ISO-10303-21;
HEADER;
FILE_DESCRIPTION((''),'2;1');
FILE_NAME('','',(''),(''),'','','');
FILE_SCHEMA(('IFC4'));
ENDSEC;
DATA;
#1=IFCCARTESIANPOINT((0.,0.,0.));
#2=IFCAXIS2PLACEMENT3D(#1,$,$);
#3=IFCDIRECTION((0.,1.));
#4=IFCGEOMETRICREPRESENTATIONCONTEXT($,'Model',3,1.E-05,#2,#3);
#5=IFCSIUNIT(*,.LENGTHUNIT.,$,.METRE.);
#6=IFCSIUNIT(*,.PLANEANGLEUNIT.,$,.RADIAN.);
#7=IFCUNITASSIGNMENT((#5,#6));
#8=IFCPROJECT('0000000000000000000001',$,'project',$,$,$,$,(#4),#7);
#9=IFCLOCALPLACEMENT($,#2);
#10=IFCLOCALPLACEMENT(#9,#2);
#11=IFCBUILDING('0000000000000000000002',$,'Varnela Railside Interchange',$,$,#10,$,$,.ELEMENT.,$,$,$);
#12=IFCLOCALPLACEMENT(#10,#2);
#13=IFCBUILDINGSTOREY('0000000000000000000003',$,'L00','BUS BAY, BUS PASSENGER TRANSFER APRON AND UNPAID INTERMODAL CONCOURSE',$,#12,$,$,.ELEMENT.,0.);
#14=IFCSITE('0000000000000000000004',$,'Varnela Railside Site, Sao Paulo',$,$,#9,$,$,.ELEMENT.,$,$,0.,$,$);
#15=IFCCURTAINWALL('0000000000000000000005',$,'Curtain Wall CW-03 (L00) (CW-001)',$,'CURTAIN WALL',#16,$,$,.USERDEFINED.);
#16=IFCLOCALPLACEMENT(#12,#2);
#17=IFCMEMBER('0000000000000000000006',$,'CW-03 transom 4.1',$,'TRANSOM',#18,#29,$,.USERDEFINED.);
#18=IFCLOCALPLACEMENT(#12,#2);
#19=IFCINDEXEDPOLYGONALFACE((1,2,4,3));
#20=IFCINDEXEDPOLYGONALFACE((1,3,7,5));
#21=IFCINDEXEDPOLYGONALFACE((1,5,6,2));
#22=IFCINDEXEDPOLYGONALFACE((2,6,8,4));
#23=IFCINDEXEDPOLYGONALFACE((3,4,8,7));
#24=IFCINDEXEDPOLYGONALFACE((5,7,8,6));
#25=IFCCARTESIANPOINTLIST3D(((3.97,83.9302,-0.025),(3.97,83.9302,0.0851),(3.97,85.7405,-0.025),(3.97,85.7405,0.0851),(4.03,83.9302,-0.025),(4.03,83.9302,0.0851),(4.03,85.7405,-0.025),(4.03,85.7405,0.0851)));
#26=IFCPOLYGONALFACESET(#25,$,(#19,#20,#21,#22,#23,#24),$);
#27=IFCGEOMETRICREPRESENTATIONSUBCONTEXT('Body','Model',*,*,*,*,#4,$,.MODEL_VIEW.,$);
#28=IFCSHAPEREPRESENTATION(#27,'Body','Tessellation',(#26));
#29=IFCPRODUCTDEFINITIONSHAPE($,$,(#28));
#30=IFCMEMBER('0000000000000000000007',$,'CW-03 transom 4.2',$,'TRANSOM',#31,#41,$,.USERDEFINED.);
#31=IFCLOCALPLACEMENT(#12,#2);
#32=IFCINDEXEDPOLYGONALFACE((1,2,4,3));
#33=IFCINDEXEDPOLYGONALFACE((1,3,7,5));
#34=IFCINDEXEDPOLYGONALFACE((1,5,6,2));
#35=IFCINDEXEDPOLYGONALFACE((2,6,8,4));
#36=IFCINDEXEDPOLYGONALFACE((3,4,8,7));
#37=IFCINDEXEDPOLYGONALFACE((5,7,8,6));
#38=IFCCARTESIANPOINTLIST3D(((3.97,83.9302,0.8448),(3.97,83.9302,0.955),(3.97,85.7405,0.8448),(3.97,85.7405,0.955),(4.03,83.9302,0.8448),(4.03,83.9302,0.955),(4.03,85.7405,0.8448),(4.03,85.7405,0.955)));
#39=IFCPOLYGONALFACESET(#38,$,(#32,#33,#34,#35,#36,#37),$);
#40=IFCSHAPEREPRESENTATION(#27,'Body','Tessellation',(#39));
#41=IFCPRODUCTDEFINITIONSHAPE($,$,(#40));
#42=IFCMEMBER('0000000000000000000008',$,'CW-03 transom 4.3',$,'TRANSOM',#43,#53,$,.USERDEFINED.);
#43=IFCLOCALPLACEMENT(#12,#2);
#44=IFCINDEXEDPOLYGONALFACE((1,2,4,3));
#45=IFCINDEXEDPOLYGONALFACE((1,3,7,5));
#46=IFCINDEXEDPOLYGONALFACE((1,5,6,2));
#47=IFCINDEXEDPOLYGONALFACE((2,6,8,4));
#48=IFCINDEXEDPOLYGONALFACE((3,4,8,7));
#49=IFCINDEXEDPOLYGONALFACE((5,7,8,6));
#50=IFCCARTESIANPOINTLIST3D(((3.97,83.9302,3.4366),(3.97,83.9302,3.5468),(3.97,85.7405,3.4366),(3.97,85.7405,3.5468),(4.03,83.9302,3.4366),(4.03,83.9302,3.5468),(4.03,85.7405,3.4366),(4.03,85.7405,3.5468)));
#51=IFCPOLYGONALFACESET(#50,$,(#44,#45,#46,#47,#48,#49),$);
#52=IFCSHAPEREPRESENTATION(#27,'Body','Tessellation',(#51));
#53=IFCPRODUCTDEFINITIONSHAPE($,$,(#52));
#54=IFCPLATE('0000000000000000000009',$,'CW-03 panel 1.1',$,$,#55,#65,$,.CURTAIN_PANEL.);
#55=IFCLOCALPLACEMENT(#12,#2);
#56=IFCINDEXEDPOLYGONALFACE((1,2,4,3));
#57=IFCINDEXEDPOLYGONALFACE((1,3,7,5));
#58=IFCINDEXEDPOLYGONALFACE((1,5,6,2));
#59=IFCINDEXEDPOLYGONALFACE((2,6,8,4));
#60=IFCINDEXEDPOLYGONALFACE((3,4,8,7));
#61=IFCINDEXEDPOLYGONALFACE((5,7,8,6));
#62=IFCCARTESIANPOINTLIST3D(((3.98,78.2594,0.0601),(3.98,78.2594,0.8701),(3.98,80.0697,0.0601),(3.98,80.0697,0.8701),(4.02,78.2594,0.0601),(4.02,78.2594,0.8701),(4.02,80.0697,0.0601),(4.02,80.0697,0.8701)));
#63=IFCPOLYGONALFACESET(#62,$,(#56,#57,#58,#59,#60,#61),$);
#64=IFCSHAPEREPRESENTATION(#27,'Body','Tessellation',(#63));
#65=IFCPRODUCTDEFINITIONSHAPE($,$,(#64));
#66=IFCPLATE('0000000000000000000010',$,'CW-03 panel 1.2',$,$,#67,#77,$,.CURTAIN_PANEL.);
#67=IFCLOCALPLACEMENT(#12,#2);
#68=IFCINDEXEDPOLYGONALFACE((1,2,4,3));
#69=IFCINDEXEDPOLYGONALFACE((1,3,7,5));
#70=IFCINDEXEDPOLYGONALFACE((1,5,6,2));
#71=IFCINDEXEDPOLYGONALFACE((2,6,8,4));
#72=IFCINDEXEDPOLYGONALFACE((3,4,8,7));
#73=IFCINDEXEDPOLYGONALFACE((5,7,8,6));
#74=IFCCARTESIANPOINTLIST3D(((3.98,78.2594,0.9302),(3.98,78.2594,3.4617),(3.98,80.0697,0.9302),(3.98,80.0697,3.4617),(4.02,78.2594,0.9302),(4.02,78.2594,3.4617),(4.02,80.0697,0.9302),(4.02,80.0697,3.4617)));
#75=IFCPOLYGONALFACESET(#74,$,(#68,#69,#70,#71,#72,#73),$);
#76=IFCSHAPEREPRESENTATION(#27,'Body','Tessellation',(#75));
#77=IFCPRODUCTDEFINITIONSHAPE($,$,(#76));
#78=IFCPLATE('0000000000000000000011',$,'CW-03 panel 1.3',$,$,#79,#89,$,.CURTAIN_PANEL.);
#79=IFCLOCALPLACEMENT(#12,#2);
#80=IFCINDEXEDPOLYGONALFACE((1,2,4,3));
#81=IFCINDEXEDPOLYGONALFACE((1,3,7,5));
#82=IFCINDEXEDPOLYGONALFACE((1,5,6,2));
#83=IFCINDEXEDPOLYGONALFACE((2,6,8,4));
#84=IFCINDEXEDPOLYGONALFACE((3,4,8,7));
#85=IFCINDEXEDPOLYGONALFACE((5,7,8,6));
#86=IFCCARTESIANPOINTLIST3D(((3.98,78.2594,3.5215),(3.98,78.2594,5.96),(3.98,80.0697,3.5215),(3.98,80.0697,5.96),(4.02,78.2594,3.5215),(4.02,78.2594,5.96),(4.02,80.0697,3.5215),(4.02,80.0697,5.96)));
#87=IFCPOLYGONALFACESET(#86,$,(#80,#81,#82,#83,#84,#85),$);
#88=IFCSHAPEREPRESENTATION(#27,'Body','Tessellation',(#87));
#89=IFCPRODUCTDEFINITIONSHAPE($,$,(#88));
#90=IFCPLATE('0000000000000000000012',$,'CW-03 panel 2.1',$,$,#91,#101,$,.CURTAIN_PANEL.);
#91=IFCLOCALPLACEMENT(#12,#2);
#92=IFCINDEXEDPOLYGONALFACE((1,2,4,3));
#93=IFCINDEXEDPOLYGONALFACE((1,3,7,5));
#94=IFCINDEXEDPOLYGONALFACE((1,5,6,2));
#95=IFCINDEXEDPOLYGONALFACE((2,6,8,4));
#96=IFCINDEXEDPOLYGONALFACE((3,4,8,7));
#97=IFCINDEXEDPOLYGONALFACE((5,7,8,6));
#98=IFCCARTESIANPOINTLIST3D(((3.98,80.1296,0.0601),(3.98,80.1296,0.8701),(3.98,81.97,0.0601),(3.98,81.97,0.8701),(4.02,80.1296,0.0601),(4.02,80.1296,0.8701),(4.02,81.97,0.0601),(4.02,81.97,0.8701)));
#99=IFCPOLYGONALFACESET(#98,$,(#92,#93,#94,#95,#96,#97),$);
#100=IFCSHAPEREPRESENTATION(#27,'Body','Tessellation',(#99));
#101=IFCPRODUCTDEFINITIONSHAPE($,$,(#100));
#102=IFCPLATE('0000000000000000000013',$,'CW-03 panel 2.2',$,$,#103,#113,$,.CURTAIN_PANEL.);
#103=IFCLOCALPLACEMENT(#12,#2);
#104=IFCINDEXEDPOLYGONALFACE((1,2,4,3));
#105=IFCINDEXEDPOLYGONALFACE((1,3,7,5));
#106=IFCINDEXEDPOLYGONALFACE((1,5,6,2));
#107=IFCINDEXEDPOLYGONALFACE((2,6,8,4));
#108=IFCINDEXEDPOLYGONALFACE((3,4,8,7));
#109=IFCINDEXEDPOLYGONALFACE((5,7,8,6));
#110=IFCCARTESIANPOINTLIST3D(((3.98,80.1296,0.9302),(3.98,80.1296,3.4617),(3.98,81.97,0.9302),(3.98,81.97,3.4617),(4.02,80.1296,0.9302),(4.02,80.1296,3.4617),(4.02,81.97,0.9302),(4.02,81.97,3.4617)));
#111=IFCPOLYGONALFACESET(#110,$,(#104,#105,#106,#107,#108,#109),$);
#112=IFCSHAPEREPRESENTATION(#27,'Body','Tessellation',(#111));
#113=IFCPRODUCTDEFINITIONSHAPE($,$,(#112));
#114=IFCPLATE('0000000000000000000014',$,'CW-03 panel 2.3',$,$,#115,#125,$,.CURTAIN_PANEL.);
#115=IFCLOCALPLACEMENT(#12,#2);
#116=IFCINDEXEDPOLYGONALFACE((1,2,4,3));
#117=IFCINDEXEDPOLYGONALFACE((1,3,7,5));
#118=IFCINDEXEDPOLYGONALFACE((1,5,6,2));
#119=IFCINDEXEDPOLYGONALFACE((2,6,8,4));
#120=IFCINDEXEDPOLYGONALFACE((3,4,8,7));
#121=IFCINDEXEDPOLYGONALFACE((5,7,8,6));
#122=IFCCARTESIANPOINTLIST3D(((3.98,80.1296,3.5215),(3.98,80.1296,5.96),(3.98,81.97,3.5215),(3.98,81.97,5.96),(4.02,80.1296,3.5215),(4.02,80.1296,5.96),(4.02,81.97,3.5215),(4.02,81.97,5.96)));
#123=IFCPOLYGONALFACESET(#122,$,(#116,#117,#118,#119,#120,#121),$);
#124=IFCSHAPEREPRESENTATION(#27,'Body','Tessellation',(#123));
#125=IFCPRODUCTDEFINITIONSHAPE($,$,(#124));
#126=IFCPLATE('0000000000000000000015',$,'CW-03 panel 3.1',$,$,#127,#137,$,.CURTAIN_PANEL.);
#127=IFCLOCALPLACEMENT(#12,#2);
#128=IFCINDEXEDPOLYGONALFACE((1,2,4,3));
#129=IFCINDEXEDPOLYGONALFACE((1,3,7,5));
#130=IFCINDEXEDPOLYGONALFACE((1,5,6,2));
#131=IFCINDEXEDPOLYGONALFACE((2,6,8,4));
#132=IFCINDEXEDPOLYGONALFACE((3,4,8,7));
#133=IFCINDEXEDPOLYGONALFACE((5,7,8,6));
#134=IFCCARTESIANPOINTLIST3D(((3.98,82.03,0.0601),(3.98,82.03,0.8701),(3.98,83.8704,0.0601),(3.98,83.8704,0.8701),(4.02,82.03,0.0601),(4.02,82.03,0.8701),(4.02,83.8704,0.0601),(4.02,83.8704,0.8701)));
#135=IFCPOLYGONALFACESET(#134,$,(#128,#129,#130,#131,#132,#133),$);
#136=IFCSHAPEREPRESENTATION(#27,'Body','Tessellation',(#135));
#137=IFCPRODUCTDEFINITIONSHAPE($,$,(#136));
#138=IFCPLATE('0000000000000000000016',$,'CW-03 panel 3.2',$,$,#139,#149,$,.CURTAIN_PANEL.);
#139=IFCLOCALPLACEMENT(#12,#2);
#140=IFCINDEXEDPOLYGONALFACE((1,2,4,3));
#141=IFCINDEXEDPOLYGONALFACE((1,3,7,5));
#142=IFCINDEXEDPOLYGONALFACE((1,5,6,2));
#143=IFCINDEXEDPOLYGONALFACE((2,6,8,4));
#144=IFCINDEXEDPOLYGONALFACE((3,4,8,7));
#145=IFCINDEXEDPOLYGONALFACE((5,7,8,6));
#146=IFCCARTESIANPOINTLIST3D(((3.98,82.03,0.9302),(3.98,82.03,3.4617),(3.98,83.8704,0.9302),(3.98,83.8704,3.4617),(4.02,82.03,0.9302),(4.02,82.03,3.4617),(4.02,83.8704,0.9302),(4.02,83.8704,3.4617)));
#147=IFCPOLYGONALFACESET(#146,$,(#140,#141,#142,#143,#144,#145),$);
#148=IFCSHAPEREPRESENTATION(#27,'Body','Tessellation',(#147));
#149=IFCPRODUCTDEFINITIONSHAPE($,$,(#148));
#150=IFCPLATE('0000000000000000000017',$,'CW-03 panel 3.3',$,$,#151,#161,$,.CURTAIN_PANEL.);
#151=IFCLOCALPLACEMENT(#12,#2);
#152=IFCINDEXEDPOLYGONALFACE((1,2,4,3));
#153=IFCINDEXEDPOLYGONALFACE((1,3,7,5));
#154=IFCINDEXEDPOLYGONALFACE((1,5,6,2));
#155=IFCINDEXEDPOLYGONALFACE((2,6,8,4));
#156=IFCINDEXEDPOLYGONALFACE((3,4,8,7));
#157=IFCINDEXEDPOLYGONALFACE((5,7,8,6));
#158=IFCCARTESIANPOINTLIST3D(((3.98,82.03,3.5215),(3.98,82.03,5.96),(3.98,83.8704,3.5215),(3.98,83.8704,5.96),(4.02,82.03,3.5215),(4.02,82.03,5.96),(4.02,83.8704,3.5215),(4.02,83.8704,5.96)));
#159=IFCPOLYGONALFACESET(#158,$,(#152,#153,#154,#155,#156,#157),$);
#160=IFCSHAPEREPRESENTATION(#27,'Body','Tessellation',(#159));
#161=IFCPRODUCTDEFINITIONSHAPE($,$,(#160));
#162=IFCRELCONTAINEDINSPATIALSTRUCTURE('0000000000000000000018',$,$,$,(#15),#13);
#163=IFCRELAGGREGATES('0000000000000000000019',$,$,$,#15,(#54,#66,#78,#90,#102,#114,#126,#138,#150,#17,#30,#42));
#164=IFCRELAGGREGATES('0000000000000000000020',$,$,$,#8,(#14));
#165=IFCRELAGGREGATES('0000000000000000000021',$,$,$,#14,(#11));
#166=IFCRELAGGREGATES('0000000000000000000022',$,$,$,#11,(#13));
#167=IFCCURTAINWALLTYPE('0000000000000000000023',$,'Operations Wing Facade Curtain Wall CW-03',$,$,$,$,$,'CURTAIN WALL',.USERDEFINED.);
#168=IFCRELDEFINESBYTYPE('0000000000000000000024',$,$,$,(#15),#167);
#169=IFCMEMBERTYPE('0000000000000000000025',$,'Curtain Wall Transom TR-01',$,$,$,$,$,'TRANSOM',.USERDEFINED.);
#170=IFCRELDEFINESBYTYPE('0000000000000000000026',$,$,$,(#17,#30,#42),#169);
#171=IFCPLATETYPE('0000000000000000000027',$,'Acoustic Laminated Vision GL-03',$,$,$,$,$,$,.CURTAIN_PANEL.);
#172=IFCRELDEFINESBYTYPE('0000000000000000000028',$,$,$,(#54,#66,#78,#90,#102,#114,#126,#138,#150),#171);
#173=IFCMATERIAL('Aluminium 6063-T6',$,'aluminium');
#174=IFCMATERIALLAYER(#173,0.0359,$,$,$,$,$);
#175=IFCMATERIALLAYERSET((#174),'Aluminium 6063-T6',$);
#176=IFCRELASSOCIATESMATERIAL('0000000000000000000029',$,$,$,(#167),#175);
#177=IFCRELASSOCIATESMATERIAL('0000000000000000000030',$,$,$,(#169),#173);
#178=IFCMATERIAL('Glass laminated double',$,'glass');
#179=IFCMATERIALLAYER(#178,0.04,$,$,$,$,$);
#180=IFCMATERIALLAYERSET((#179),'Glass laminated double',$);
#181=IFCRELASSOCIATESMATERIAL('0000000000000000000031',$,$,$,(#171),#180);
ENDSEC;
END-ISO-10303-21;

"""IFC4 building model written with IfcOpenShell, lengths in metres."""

from ifc_helpers import new_model, si_unit, direction, frame, origin, origin_2d, place, context, subcontext, project, spatial, rectangle, extrude, material, layer, layer_set, material_profile, profile_set, type_object, element, aggregate, save


model = new_model("IFC4")

# Units and contexts
model_context = context("Model", 3, precision=1e-05, world=origin(), true_north=direction((0.0, 1.0)))
body_context = subcontext(model_context, "Body", "Model", "MODEL_VIEW")
ifc_project = project(units=[si_unit("LENGTHUNIT", "METRE"), si_unit("PLANEANGLEUNIT", "RADIAN")], contexts=[model_context])

# Site, building, storey
site_placement = place(None, origin())
site = spatial("IfcSite", under=ifc_project, at=site_placement, Name="Varnela Railside Site, Sao Paulo", CompositionType="ELEMENT", RefElevation=0.0)
building_placement = place(site_placement, origin())
building = spatial("IfcBuilding", under=site, at=building_placement, Name="Varnela Railside Interchange", CompositionType="ELEMENT")
storey_placement = place(building_placement, origin())
storey = spatial("IfcBuildingStorey", under=building, at=storey_placement, Name="L00", Description="BUS BAY, BUS PASSENGER TRANSFER APRON AND UNPAID INTERMODAL CONCOURSE", CompositionType="ELEMENT", Elevation=0.0)

# Curtain wall, members, plates
ifc_material_1 = material(Name="Aluminium 6063-T6", Category="aluminium")
ifc_layer_1 = layer(ifc_material_1, 0.0359)
ifc_layer_set_1 = layer_set([ifc_layer_1], Name="Aluminium 6063-T6")
curtain_wall_type = type_object("IfcCurtainWallType", Name="Operations Wing Facade Curtain Wall CW-03", ElementType="CURTAIN WALL", PredefinedType="USERDEFINED", material=ifc_layer_set_1)
curtain_wall_placement = place(storey_placement, origin())
curtain_wall = element("IfcCurtainWall", 1, at=curtain_wall_placement, inside=storey, type_object=curtain_wall_type, Name="Curtain Wall CW-03 (L00) (CW-001)", ObjectType="CURTAIN WALL", PredefinedType="USERDEFINED")
ifc_material_profile_1 = material_profile(ifc_material_1, rectangle(XDim=0.0601, YDim=0.1101, at=origin_2d()), Name="ALU 60x110")
ifc_profile_set_1 = profile_set([ifc_material_profile_1], Name="Aluminium 6063-T6")
member_type_1 = type_object("IfcMemberType", Name="Curtain Wall Transom TR-01", ElementType="TRANSOM", PredefinedType="USERDEFINED", material=ifc_profile_set_1)
member_1_placement = place(storey_placement, frame((4.0, 83.9302, 0.03), z_axis=(0.0, 1.0, 0.0), x_axis=(-1.0, 0.0, 0.0)))
member_1 = element("IfcMember", 2, at=member_1_placement, type_object=member_type_1, Name="CW-03 transom 4.1", ObjectType="TRANSOM", PredefinedType="USERDEFINED", context=body_context, shape_type="SweptSolid", body=[
    extrude(rectangle(XDim=0.0601, YDim=0.1101, at=origin_2d()), origin(), (0.0, 0.0, 1.0), 1.8103),
])
member_2_placement = place(storey_placement, frame((4.0, 83.9302, 0.8999), z_axis=(0.0, 1.0, 0.0), x_axis=(-1.0, 0.0, 0.0)))
member_2 = element("IfcMember", 3, at=member_2_placement, type_object=member_type_1, Name="CW-03 transom 4.2", ObjectType="TRANSOM", PredefinedType="USERDEFINED", context=body_context, shape_type="SweptSolid", body=[
    extrude(rectangle(XDim=0.0601, YDim=0.1101, at=origin_2d()), origin(), (0.0, 0.0, 1.0), 1.8103),
])
member_3_placement = place(storey_placement, frame((4.0, 83.9302, 3.4917), z_axis=(0.0, 1.0, 0.0), x_axis=(-1.0, 0.0, 0.0)))
member_3 = element("IfcMember", 4, at=member_3_placement, type_object=member_type_1, Name="CW-03 transom 4.3", ObjectType="TRANSOM", PredefinedType="USERDEFINED", context=body_context, shape_type="SweptSolid", body=[
    extrude(rectangle(XDim=0.0601, YDim=0.1101, at=origin_2d()), origin(), (0.0, 0.0, 1.0), 1.8103),
])
ifc_material_2 = material(Name="Glass laminated double", Category="glass")
ifc_layer_2 = layer(ifc_material_2, 0.04)
ifc_layer_set_2 = layer_set([ifc_layer_2], Name="Glass laminated double")
plate_type = type_object("IfcPlateType", Name="Acoustic Laminated Vision GL-03", PredefinedType="CURTAIN_PANEL", material=ifc_layer_set_2)
plate_1_placement = place(storey_placement, frame((4.0, 79.1646, 0.0601), z_axis=(0.0, 0.0, 1.0), x_axis=(0.0, 1.0, 0.0)))
plate_1 = element("IfcPlate", 5, at=plate_1_placement, type_object=plate_type, Name="CW-03 panel 1.1", PredefinedType="CURTAIN_PANEL", context=body_context, shape_type="SweptSolid", body=[
    extrude(rectangle(XDim=1.8103, YDim=0.04, at=origin_2d()), origin(), (0.0, 0.0, 1.0), 0.8101),
])
plate_2_placement = place(storey_placement, frame((4.0, 79.1646, 0.9302), z_axis=(0.0, 0.0, 1.0), x_axis=(0.0, 1.0, 0.0)))
plate_2 = element("IfcPlate", 6, at=plate_2_placement, type_object=plate_type, Name="CW-03 panel 1.2", PredefinedType="CURTAIN_PANEL", context=body_context, shape_type="SweptSolid", body=[
    extrude(rectangle(XDim=1.8103, YDim=0.04, at=origin_2d()), origin(), (0.0, 0.0, 1.0), 2.5315),
])
plate_3_placement = place(storey_placement, frame((4.0, 79.1646, 3.5215), z_axis=(0.0, 0.0, 1.0), x_axis=(0.0, 1.0, 0.0)))
plate_3 = element("IfcPlate", 7, at=plate_3_placement, type_object=plate_type, Name="CW-03 panel 1.3", PredefinedType="CURTAIN_PANEL", context=body_context, shape_type="SweptSolid", body=[
    extrude(rectangle(XDim=1.8103, YDim=0.04, at=origin_2d()), origin(), (0.0, 0.0, 1.0), 2.4385),
])
plate_4_placement = place(storey_placement, frame((4.0, 81.0498, 0.0601), z_axis=(0.0, 0.0, 1.0), x_axis=(0.0, 1.0, 0.0)))
plate_4 = element("IfcPlate", 8, at=plate_4_placement, type_object=plate_type, Name="CW-03 panel 2.1", PredefinedType="CURTAIN_PANEL", context=body_context, shape_type="SweptSolid", body=[
    extrude(rectangle(XDim=1.8403, YDim=0.04, at=origin_2d()), origin(), (0.0, 0.0, 1.0), 0.8101),
])
plate_5_placement = place(storey_placement, frame((4.0, 81.0498, 0.9302), z_axis=(0.0, 0.0, 1.0), x_axis=(0.0, 1.0, 0.0)))
plate_5 = element("IfcPlate", 9, at=plate_5_placement, type_object=plate_type, Name="CW-03 panel 2.2", PredefinedType="CURTAIN_PANEL", context=body_context, shape_type="SweptSolid", body=[
    extrude(rectangle(XDim=1.8403, YDim=0.04, at=origin_2d()), origin(), (0.0, 0.0, 1.0), 2.5315),
])
plate_6_placement = place(storey_placement, frame((4.0, 81.0498, 3.5215), z_axis=(0.0, 0.0, 1.0), x_axis=(0.0, 1.0, 0.0)))
plate_6 = element("IfcPlate", 10, at=plate_6_placement, type_object=plate_type, Name="CW-03 panel 2.3", PredefinedType="CURTAIN_PANEL", context=body_context, shape_type="SweptSolid", body=[
    extrude(rectangle(XDim=1.8403, YDim=0.04, at=origin_2d()), origin(), (0.0, 0.0, 1.0), 2.4385),
])
plate_7_placement = place(storey_placement, frame((4.0, 82.9502, 0.0601), z_axis=(0.0, 0.0, 1.0), x_axis=(0.0, 1.0, 0.0)))
plate_7 = element("IfcPlate", 11, at=plate_7_placement, type_object=plate_type, Name="CW-03 panel 3.1", PredefinedType="CURTAIN_PANEL", context=body_context, shape_type="SweptSolid", body=[
    extrude(rectangle(XDim=1.8403, YDim=0.04, at=origin_2d()), origin(), (0.0, 0.0, 1.0), 0.8101),
])
plate_8_placement = place(storey_placement, frame((4.0, 82.9502, 0.9302), z_axis=(0.0, 0.0, 1.0), x_axis=(0.0, 1.0, 0.0)))
plate_8 = element("IfcPlate", 12, at=plate_8_placement, type_object=plate_type, Name="CW-03 panel 3.2", PredefinedType="CURTAIN_PANEL", context=body_context, shape_type="SweptSolid", body=[
    extrude(rectangle(XDim=1.8403, YDim=0.04, at=origin_2d()), origin(), (0.0, 0.0, 1.0), 2.5315),
])
plate_9_placement = place(storey_placement, frame((4.0, 82.9502, 3.5215), z_axis=(0.0, 0.0, 1.0), x_axis=(0.0, 1.0, 0.0)))
plate_9 = element("IfcPlate", 13, at=plate_9_placement, type_object=plate_type, Name="CW-03 panel 3.3", PredefinedType="CURTAIN_PANEL", context=body_context, shape_type="SweptSolid", body=[
    extrude(rectangle(XDim=1.8403, YDim=0.04, at=origin_2d()), origin(), (0.0, 0.0, 1.0), 2.4385),
])
aggregate(curtain_wall, [plate_1, plate_2, plate_3, plate_4, plate_5, plate_6, plate_7, plate_8, plate_9, member_1, member_2, member_3])

save(model, "model.ifc")
